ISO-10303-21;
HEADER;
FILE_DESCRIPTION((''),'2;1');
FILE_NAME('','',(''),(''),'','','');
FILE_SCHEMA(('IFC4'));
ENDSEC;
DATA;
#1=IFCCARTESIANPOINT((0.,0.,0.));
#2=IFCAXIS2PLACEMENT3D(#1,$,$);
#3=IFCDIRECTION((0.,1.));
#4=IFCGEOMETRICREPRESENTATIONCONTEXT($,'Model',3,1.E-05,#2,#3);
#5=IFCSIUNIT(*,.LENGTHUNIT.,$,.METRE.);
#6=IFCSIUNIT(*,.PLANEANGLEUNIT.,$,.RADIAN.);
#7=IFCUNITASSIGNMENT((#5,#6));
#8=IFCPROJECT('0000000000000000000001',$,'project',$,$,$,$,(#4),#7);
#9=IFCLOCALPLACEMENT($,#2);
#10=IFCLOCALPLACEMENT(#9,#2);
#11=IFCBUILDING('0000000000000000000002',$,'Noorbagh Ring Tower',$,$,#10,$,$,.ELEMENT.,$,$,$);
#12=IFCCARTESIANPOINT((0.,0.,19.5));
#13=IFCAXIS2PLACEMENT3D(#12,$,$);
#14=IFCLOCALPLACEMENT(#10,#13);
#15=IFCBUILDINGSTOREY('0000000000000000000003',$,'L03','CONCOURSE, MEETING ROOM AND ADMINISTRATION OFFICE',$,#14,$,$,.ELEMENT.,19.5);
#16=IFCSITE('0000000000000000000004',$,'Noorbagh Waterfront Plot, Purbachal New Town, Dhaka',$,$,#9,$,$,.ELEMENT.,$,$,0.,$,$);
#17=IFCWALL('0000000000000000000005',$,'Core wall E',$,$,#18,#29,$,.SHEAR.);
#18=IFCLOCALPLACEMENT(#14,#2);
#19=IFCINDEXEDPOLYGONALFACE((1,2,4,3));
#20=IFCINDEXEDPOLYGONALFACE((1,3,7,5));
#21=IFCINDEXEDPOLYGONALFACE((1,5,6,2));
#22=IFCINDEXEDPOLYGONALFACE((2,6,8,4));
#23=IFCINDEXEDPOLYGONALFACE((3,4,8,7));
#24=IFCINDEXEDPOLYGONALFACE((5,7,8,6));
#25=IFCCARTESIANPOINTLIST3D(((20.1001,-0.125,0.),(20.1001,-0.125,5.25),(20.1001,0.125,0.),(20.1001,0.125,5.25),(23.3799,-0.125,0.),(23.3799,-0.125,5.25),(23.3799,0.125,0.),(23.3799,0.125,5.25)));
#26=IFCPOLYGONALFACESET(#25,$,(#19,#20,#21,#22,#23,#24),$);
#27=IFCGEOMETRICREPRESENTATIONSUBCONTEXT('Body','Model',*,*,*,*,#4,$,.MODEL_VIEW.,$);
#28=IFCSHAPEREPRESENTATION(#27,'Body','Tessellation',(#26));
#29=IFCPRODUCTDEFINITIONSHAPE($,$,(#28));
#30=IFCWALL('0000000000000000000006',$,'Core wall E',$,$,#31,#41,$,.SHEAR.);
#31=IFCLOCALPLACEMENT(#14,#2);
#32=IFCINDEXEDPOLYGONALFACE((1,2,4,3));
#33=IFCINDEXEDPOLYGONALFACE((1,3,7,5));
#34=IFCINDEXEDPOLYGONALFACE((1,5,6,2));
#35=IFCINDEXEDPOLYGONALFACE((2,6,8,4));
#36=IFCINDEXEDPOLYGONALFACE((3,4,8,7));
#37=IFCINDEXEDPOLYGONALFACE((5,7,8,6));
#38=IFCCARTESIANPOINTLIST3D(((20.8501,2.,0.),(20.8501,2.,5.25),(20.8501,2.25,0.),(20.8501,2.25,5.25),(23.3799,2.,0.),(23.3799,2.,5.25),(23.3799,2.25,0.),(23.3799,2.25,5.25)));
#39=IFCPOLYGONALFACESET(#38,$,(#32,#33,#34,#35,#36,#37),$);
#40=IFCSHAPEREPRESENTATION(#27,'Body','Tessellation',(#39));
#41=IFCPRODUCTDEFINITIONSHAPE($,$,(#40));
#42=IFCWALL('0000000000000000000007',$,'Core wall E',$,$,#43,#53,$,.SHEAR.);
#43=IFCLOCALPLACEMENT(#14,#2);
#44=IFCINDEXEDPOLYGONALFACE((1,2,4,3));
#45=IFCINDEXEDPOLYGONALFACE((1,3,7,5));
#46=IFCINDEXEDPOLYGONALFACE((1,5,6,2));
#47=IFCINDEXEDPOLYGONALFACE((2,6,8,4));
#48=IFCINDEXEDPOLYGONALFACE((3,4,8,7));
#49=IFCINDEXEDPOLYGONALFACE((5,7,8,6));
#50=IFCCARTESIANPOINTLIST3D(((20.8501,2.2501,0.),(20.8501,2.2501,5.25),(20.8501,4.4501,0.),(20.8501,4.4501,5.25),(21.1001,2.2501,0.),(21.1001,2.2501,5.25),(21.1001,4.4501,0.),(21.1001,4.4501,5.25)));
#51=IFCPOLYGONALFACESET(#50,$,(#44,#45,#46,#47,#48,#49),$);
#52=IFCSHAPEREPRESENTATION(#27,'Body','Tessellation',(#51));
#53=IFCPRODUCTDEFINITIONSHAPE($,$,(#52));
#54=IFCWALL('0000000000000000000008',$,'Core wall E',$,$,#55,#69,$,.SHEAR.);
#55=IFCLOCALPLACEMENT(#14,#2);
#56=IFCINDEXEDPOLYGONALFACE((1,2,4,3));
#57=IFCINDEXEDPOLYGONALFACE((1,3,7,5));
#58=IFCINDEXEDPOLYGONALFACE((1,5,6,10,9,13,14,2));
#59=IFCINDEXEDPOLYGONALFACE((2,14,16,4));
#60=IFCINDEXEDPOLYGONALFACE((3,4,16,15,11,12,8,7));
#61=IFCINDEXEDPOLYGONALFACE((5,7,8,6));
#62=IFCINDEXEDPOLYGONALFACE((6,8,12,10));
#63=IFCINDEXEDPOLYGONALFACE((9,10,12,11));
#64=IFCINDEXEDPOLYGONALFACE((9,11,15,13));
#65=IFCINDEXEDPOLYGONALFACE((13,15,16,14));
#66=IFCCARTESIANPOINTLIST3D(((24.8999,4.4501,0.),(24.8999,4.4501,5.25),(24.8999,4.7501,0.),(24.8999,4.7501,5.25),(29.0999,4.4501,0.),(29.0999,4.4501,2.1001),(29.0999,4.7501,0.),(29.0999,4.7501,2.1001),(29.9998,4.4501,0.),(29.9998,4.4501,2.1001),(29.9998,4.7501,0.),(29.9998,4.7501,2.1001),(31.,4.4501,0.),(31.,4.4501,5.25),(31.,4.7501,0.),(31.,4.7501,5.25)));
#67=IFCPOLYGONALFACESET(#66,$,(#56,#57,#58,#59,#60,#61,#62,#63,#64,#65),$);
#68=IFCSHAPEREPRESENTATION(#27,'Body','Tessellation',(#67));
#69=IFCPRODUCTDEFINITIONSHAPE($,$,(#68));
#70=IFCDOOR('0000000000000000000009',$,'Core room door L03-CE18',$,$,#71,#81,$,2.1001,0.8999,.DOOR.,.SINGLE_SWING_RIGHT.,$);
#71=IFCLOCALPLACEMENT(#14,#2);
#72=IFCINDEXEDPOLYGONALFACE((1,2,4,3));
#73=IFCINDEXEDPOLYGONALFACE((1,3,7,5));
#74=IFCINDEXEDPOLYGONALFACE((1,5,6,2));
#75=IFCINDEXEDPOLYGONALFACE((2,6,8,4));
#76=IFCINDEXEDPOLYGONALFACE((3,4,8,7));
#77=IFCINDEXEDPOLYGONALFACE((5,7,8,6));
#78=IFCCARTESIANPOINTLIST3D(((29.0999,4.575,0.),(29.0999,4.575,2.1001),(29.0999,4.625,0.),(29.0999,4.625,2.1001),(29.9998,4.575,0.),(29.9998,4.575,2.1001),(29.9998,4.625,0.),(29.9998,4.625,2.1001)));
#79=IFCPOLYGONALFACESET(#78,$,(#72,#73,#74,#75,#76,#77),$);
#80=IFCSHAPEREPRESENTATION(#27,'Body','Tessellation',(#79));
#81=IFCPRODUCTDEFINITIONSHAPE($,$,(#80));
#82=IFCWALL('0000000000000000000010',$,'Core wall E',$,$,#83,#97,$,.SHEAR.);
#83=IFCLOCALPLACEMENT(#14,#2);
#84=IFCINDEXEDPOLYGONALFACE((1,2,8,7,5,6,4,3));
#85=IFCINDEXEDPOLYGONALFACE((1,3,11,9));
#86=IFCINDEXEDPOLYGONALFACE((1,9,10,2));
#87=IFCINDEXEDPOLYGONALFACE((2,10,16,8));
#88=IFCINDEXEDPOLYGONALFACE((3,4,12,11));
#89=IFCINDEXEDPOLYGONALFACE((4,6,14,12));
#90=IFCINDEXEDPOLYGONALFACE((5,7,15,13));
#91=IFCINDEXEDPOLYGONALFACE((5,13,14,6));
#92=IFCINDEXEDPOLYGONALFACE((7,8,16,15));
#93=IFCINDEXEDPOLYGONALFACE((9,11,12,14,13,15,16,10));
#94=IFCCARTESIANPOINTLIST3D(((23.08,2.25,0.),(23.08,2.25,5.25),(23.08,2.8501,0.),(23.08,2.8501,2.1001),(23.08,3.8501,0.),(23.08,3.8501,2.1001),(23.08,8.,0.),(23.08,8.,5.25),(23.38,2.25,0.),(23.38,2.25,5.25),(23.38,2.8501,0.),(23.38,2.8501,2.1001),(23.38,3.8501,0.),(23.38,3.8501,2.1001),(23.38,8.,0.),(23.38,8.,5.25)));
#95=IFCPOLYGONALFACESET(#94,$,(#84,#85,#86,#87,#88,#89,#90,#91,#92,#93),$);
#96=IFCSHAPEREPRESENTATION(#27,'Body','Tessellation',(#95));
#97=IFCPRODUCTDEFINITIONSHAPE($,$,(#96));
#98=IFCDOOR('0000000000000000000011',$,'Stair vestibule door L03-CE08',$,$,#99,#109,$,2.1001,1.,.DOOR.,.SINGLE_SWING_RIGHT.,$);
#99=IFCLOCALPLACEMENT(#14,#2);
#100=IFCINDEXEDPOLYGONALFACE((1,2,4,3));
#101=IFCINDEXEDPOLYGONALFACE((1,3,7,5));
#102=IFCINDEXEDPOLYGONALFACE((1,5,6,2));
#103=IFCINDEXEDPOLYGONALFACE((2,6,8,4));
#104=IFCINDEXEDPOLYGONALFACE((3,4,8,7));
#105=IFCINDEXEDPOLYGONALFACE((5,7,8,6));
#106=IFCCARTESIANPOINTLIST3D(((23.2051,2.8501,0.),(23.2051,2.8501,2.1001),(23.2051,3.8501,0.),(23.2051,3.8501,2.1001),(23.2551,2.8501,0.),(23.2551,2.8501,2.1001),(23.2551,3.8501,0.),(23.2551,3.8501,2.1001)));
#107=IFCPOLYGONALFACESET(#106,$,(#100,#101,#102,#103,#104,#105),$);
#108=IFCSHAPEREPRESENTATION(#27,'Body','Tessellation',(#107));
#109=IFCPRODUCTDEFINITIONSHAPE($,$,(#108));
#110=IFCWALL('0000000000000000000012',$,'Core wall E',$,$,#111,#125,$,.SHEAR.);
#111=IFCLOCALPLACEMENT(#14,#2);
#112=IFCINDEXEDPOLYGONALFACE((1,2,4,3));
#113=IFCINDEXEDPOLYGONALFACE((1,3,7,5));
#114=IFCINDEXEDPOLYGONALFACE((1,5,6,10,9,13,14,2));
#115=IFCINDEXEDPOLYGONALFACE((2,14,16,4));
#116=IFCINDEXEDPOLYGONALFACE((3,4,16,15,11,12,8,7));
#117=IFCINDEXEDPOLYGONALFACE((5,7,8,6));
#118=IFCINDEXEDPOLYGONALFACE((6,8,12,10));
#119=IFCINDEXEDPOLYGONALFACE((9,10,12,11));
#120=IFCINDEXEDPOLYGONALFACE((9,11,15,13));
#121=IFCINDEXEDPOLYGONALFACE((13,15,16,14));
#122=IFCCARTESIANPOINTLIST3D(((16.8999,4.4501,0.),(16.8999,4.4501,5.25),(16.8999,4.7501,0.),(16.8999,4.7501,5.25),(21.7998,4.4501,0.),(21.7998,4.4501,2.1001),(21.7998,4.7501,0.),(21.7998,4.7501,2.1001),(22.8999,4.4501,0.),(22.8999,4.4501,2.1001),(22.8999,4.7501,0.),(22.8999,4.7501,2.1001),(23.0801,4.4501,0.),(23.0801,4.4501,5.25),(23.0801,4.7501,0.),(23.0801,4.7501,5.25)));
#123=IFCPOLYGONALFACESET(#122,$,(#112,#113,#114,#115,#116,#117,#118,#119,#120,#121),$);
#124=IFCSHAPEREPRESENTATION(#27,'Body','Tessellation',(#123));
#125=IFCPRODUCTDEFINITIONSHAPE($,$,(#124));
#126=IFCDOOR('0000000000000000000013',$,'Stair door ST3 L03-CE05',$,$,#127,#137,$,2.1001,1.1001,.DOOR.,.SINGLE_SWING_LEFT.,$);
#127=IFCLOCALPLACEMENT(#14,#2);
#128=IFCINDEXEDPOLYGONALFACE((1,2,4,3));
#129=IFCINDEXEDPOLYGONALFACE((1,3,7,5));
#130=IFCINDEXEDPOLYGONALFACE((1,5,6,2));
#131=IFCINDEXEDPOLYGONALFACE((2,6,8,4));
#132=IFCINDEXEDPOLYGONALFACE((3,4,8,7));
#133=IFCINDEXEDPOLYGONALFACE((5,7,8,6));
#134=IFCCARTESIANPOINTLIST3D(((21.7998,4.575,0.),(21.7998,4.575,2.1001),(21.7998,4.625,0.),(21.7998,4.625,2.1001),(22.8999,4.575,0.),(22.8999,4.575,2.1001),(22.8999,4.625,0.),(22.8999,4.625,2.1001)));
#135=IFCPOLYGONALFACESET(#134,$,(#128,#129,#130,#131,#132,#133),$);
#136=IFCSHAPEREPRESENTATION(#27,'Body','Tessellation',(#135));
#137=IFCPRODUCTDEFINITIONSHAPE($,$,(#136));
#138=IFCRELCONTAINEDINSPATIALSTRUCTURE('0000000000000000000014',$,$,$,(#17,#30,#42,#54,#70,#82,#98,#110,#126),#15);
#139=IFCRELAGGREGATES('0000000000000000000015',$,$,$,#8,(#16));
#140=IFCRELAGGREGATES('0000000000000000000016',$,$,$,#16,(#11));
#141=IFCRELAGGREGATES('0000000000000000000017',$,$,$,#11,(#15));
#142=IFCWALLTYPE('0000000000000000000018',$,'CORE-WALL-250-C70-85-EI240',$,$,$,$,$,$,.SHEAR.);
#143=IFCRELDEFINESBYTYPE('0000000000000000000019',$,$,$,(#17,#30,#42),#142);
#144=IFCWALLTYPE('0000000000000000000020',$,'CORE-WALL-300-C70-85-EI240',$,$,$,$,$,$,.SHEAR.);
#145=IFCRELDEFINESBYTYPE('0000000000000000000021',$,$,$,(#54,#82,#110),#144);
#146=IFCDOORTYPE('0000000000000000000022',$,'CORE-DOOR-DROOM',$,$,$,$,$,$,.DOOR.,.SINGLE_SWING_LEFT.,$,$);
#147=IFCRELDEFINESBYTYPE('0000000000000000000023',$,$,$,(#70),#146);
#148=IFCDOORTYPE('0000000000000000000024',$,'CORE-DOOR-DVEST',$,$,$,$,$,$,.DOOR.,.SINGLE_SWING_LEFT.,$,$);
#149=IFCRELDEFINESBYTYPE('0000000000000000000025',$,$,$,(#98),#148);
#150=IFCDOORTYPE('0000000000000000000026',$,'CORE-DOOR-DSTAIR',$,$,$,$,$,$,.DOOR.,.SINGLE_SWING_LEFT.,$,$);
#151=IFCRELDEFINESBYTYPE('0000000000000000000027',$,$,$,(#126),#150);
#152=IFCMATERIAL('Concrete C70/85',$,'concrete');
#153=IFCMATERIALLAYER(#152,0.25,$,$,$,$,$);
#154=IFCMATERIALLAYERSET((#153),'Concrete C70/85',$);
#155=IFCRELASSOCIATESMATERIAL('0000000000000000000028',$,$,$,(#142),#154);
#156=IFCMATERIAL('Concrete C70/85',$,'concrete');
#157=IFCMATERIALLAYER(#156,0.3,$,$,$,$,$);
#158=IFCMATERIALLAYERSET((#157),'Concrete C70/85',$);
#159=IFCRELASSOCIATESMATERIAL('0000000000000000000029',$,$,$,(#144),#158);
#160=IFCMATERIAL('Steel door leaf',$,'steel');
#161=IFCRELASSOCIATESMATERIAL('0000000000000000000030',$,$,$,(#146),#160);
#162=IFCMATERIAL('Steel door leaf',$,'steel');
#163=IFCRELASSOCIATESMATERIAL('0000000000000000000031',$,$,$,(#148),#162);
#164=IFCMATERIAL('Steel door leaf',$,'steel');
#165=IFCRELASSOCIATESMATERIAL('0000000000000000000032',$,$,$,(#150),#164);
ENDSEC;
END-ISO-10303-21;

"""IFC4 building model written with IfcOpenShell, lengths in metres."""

from ifc_helpers import new_model, si_unit, direction, frame, frame_2d, origin, place, context, subcontext, project, spatial, rectangle, extrude, material, layer, layer_set, type_object, element, fill, save


model = new_model("IFC4")

# Units and contexts
model_context = context("Model", 3, precision=1e-05, world=origin(), true_north=direction((0.0, 1.0)))
body_context = subcontext(model_context, "Body", "Model", "MODEL_VIEW")
ifc_project = project(units=[si_unit("LENGTHUNIT", "METRE"), si_unit("PLANEANGLEUNIT", "RADIAN")], contexts=[model_context])

# Site, building, storey
site_placement = place(None, origin())
site = spatial("IfcSite", under=ifc_project, at=site_placement, Name="Noorbagh Waterfront Plot, Purbachal New Town, Dhaka", CompositionType="ELEMENT", RefElevation=0.0)
building_placement = place(site_placement, origin())
building = spatial("IfcBuilding", under=site, at=building_placement, Name="Noorbagh Ring Tower", CompositionType="ELEMENT")
storey_placement = place(building_placement, frame((0.0, 0.0, 19.5)))
storey = spatial("IfcBuildingStorey", under=building, at=storey_placement, Name="L03", Description="CONCOURSE, MEETING ROOM AND ADMINISTRATION OFFICE", CompositionType="ELEMENT", Elevation=19.5)

# Walls
ifc_material_1 = material(Name="Concrete C70/85", Category="concrete")
ifc_layer_1 = layer(ifc_material_1, 0.25)
ifc_layer_set_1 = layer_set([ifc_layer_1], Name="Concrete C70/85")
wall_type_1 = type_object("IfcWallType", Name="CORE-WALL-250-C70-85-EI240", PredefinedType="SHEAR", material=ifc_layer_set_1)
wall_1_placement = place(storey_placement, frame((20.1001, 0.0, 0.0), z_axis=(0.0, 0.0, 1.0), x_axis=(1.0, 0.0, 0.0)))
element("IfcWall", 1, at=wall_1_placement, inside=storey, type_object=wall_type_1, Name="Core wall E", PredefinedType="SHEAR", context=body_context, shape_type="SweptSolid", body=[
    extrude(rectangle(XDim=3.2798, YDim=0.25, at=frame_2d((1.6399, 0.0))), origin(), (0.0, 0.0, 1.0), 5.25),
])
wall_2_placement = place(storey_placement, frame((20.8501, 2.125, 0.0), z_axis=(0.0, 0.0, 1.0), x_axis=(1.0, 0.0, 0.0)))
element("IfcWall", 2, at=wall_2_placement, inside=storey, type_object=wall_type_1, Name="Core wall E", PredefinedType="SHEAR", context=body_context, shape_type="SweptSolid", body=[
    extrude(rectangle(XDim=2.5298, YDim=0.25, at=frame_2d((1.2649, 0.0))), origin(), (0.0, 0.0, 1.0), 5.25),
])
wall_3_placement = place(storey_placement, frame((20.9751, 2.25, 0.0), z_axis=(0.0, 0.0, 1.0), x_axis=(0.0, 1.0, 0.0)))
element("IfcWall", 3, at=wall_3_placement, inside=storey, type_object=wall_type_1, Name="Core wall E", PredefinedType="SHEAR", context=body_context, shape_type="SweptSolid", body=[
    extrude(rectangle(XDim=2.2, YDim=0.25, at=frame_2d((1.1001, 0.0))), origin(), (0.0, 0.0, 1.0), 5.25),
])

# Walls, openings, doors
ifc_material_2 = material(Name="Concrete C70/85", Category="concrete")
ifc_layer_2 = layer(ifc_material_2, 0.3)
ifc_layer_set_2 = layer_set([ifc_layer_2], Name="Concrete C70/85")
wall_type_2 = type_object("IfcWallType", Name="CORE-WALL-300-C70-85-EI240", PredefinedType="SHEAR", material=ifc_layer_set_2)
wall_4_placement = place(storey_placement, frame((24.8999, 4.6001, 0.0), z_axis=(0.0, 0.0, 1.0), x_axis=(1.0, 0.0, 0.0)))
wall_4 = element("IfcWall", 4, at=wall_4_placement, inside=storey, type_object=wall_type_2, Name="Core wall E", PredefinedType="SHEAR", context=body_context, shape_type="SweptSolid", body=[
    extrude(rectangle(XDim=6.1001, YDim=0.3, at=frame_2d((3.05, 0.0))), origin(), (0.0, 0.0, 1.0), 5.25),
])
opening_1_placement = place(wall_4_placement, frame((4.2, 0.0, 0.0)))
opening_1 = element("IfcOpeningElement", 5, at=opening_1_placement, cuts=wall_4, PredefinedType="OPENING", context=body_context, shape_type="SweptSolid", body=[
    extrude(rectangle(XDim=0.8999, YDim=2.1001, at=frame_2d((0.45, 1.05))), frame((0.0, 0.1602, 0.0), z_axis=(0.0, -1.0, 0.0), x_axis=(1.0, 0.0, 0.0)), (0.0, 0.0, 1.0), 0.3201),
])
ifc_material_3 = material(Name="Steel door leaf", Category="steel")
door_type_1 = type_object("IfcDoorType", Name="CORE-DOOR-DROOM", OperationType="SINGLE_SWING_LEFT", PredefinedType="DOOR", material=ifc_material_3)
door_1_placement = place(opening_1_placement, origin())
door_1 = element("IfcDoor", 6, at=door_1_placement, inside=storey, type_object=door_type_1, Name="Core room door L03-CE18", OperationType="SINGLE_SWING_RIGHT", OverallHeight=2.1001, OverallWidth=0.8999, PredefinedType="DOOR", context=body_context, shape_type="SweptSolid", body=[
    extrude(rectangle(XDim=0.8999, YDim=2.1001, at=frame_2d((0.45, 1.05))), frame((0.0, 0.0249, 0.0), z_axis=(0.0, -1.0, 0.0), x_axis=(1.0, 0.0, 0.0)), (0.0, 0.0, 1.0), 0.05),
])
fill(opening_1, door_1)
wall_5_placement = place(storey_placement, frame((23.23, 2.25, 0.0), z_axis=(0.0, 0.0, 1.0), x_axis=(0.0, 1.0, 0.0)))
wall_5 = element("IfcWall", 7, at=wall_5_placement, inside=storey, type_object=wall_type_2, Name="Core wall E", PredefinedType="SHEAR", context=body_context, shape_type="SweptSolid", body=[
    extrude(rectangle(XDim=5.75, YDim=0.3, at=frame_2d((2.875, 0.0))), origin(), (0.0, 0.0, 1.0), 5.25),
])
opening_2_placement = place(wall_5_placement, frame((0.6001, 0.0, 0.0)))
opening_2 = element("IfcOpeningElement", 8, at=opening_2_placement, cuts=wall_5, PredefinedType="OPENING", context=body_context, shape_type="SweptSolid", body=[
    extrude(rectangle(XDim=1.0, YDim=2.1001, at=frame_2d((0.5, 1.05))), frame((0.0, 0.1602, 0.0), z_axis=(0.0, -1.0, 0.0), x_axis=(1.0, 0.0, 0.0)), (0.0, 0.0, 1.0), 0.3201),
])
ifc_material_4 = material(Name="Steel door leaf", Category="steel")
door_type_2 = type_object("IfcDoorType", Name="CORE-DOOR-DVEST", OperationType="SINGLE_SWING_LEFT", PredefinedType="DOOR", material=ifc_material_4)
door_2_placement = place(opening_2_placement, origin())
door_2 = element("IfcDoor", 9, at=door_2_placement, inside=storey, type_object=door_type_2, Name="Stair vestibule door L03-CE08", OperationType="SINGLE_SWING_RIGHT", OverallHeight=2.1001, OverallWidth=1.0, PredefinedType="DOOR", context=body_context, shape_type="SweptSolid", body=[
    extrude(rectangle(XDim=1.0, YDim=2.1001, at=frame_2d((0.5, 1.05))), frame((0.0, 0.0249, 0.0), z_axis=(0.0, -1.0, 0.0), x_axis=(1.0, 0.0, 0.0)), (0.0, 0.0, 1.0), 0.05),
])
fill(opening_2, door_2)
wall_6_placement = place(storey_placement, frame((16.8999, 4.6001, 0.0), z_axis=(0.0, 0.0, 1.0), x_axis=(1.0, 0.0, 0.0)))
wall_6 = element("IfcWall", 10, at=wall_6_placement, inside=storey, type_object=wall_type_2, Name="Core wall E", PredefinedType="SHEAR", context=body_context, shape_type="SweptSolid", body=[
    extrude(rectangle(XDim=6.1802, YDim=0.3, at=frame_2d((3.0901, 0.0))), origin(), (0.0, 0.0, 1.0), 5.25),
])
opening_3_placement = place(wall_6_placement, frame((4.8999, 0.0, 0.0)))
opening_3 = element("IfcOpeningElement", 11, at=opening_3_placement, cuts=wall_6, PredefinedType="OPENING", context=body_context, shape_type="SweptSolid", body=[
    extrude(rectangle(XDim=1.1001, YDim=2.1001, at=frame_2d((0.55, 1.05))), frame((0.0, 0.1602, 0.0), z_axis=(0.0, -1.0, 0.0), x_axis=(1.0, 0.0, 0.0)), (0.0, 0.0, 1.0), 0.3201),
])
ifc_material_5 = material(Name="Steel door leaf", Category="steel")
door_type_3 = type_object("IfcDoorType", Name="CORE-DOOR-DSTAIR", OperationType="SINGLE_SWING_LEFT", PredefinedType="DOOR", material=ifc_material_5)
door_3_placement = place(opening_3_placement, origin())
door_3 = element("IfcDoor", 12, at=door_3_placement, inside=storey, type_object=door_type_3, Name="Stair door ST3 L03-CE05", OperationType="SINGLE_SWING_LEFT", OverallHeight=2.1001, OverallWidth=1.1001, PredefinedType="DOOR", context=body_context, shape_type="SweptSolid", body=[
    extrude(rectangle(XDim=1.1001, YDim=2.1001, at=frame_2d((0.55, 1.05))), frame((0.0, 0.0249, 0.0), z_axis=(0.0, -1.0, 0.0), x_axis=(1.0, 0.0, 0.0)), (0.0, 0.0, 1.0), 0.05),
])
fill(opening_3, door_3)

save(model, "model.ifc")
